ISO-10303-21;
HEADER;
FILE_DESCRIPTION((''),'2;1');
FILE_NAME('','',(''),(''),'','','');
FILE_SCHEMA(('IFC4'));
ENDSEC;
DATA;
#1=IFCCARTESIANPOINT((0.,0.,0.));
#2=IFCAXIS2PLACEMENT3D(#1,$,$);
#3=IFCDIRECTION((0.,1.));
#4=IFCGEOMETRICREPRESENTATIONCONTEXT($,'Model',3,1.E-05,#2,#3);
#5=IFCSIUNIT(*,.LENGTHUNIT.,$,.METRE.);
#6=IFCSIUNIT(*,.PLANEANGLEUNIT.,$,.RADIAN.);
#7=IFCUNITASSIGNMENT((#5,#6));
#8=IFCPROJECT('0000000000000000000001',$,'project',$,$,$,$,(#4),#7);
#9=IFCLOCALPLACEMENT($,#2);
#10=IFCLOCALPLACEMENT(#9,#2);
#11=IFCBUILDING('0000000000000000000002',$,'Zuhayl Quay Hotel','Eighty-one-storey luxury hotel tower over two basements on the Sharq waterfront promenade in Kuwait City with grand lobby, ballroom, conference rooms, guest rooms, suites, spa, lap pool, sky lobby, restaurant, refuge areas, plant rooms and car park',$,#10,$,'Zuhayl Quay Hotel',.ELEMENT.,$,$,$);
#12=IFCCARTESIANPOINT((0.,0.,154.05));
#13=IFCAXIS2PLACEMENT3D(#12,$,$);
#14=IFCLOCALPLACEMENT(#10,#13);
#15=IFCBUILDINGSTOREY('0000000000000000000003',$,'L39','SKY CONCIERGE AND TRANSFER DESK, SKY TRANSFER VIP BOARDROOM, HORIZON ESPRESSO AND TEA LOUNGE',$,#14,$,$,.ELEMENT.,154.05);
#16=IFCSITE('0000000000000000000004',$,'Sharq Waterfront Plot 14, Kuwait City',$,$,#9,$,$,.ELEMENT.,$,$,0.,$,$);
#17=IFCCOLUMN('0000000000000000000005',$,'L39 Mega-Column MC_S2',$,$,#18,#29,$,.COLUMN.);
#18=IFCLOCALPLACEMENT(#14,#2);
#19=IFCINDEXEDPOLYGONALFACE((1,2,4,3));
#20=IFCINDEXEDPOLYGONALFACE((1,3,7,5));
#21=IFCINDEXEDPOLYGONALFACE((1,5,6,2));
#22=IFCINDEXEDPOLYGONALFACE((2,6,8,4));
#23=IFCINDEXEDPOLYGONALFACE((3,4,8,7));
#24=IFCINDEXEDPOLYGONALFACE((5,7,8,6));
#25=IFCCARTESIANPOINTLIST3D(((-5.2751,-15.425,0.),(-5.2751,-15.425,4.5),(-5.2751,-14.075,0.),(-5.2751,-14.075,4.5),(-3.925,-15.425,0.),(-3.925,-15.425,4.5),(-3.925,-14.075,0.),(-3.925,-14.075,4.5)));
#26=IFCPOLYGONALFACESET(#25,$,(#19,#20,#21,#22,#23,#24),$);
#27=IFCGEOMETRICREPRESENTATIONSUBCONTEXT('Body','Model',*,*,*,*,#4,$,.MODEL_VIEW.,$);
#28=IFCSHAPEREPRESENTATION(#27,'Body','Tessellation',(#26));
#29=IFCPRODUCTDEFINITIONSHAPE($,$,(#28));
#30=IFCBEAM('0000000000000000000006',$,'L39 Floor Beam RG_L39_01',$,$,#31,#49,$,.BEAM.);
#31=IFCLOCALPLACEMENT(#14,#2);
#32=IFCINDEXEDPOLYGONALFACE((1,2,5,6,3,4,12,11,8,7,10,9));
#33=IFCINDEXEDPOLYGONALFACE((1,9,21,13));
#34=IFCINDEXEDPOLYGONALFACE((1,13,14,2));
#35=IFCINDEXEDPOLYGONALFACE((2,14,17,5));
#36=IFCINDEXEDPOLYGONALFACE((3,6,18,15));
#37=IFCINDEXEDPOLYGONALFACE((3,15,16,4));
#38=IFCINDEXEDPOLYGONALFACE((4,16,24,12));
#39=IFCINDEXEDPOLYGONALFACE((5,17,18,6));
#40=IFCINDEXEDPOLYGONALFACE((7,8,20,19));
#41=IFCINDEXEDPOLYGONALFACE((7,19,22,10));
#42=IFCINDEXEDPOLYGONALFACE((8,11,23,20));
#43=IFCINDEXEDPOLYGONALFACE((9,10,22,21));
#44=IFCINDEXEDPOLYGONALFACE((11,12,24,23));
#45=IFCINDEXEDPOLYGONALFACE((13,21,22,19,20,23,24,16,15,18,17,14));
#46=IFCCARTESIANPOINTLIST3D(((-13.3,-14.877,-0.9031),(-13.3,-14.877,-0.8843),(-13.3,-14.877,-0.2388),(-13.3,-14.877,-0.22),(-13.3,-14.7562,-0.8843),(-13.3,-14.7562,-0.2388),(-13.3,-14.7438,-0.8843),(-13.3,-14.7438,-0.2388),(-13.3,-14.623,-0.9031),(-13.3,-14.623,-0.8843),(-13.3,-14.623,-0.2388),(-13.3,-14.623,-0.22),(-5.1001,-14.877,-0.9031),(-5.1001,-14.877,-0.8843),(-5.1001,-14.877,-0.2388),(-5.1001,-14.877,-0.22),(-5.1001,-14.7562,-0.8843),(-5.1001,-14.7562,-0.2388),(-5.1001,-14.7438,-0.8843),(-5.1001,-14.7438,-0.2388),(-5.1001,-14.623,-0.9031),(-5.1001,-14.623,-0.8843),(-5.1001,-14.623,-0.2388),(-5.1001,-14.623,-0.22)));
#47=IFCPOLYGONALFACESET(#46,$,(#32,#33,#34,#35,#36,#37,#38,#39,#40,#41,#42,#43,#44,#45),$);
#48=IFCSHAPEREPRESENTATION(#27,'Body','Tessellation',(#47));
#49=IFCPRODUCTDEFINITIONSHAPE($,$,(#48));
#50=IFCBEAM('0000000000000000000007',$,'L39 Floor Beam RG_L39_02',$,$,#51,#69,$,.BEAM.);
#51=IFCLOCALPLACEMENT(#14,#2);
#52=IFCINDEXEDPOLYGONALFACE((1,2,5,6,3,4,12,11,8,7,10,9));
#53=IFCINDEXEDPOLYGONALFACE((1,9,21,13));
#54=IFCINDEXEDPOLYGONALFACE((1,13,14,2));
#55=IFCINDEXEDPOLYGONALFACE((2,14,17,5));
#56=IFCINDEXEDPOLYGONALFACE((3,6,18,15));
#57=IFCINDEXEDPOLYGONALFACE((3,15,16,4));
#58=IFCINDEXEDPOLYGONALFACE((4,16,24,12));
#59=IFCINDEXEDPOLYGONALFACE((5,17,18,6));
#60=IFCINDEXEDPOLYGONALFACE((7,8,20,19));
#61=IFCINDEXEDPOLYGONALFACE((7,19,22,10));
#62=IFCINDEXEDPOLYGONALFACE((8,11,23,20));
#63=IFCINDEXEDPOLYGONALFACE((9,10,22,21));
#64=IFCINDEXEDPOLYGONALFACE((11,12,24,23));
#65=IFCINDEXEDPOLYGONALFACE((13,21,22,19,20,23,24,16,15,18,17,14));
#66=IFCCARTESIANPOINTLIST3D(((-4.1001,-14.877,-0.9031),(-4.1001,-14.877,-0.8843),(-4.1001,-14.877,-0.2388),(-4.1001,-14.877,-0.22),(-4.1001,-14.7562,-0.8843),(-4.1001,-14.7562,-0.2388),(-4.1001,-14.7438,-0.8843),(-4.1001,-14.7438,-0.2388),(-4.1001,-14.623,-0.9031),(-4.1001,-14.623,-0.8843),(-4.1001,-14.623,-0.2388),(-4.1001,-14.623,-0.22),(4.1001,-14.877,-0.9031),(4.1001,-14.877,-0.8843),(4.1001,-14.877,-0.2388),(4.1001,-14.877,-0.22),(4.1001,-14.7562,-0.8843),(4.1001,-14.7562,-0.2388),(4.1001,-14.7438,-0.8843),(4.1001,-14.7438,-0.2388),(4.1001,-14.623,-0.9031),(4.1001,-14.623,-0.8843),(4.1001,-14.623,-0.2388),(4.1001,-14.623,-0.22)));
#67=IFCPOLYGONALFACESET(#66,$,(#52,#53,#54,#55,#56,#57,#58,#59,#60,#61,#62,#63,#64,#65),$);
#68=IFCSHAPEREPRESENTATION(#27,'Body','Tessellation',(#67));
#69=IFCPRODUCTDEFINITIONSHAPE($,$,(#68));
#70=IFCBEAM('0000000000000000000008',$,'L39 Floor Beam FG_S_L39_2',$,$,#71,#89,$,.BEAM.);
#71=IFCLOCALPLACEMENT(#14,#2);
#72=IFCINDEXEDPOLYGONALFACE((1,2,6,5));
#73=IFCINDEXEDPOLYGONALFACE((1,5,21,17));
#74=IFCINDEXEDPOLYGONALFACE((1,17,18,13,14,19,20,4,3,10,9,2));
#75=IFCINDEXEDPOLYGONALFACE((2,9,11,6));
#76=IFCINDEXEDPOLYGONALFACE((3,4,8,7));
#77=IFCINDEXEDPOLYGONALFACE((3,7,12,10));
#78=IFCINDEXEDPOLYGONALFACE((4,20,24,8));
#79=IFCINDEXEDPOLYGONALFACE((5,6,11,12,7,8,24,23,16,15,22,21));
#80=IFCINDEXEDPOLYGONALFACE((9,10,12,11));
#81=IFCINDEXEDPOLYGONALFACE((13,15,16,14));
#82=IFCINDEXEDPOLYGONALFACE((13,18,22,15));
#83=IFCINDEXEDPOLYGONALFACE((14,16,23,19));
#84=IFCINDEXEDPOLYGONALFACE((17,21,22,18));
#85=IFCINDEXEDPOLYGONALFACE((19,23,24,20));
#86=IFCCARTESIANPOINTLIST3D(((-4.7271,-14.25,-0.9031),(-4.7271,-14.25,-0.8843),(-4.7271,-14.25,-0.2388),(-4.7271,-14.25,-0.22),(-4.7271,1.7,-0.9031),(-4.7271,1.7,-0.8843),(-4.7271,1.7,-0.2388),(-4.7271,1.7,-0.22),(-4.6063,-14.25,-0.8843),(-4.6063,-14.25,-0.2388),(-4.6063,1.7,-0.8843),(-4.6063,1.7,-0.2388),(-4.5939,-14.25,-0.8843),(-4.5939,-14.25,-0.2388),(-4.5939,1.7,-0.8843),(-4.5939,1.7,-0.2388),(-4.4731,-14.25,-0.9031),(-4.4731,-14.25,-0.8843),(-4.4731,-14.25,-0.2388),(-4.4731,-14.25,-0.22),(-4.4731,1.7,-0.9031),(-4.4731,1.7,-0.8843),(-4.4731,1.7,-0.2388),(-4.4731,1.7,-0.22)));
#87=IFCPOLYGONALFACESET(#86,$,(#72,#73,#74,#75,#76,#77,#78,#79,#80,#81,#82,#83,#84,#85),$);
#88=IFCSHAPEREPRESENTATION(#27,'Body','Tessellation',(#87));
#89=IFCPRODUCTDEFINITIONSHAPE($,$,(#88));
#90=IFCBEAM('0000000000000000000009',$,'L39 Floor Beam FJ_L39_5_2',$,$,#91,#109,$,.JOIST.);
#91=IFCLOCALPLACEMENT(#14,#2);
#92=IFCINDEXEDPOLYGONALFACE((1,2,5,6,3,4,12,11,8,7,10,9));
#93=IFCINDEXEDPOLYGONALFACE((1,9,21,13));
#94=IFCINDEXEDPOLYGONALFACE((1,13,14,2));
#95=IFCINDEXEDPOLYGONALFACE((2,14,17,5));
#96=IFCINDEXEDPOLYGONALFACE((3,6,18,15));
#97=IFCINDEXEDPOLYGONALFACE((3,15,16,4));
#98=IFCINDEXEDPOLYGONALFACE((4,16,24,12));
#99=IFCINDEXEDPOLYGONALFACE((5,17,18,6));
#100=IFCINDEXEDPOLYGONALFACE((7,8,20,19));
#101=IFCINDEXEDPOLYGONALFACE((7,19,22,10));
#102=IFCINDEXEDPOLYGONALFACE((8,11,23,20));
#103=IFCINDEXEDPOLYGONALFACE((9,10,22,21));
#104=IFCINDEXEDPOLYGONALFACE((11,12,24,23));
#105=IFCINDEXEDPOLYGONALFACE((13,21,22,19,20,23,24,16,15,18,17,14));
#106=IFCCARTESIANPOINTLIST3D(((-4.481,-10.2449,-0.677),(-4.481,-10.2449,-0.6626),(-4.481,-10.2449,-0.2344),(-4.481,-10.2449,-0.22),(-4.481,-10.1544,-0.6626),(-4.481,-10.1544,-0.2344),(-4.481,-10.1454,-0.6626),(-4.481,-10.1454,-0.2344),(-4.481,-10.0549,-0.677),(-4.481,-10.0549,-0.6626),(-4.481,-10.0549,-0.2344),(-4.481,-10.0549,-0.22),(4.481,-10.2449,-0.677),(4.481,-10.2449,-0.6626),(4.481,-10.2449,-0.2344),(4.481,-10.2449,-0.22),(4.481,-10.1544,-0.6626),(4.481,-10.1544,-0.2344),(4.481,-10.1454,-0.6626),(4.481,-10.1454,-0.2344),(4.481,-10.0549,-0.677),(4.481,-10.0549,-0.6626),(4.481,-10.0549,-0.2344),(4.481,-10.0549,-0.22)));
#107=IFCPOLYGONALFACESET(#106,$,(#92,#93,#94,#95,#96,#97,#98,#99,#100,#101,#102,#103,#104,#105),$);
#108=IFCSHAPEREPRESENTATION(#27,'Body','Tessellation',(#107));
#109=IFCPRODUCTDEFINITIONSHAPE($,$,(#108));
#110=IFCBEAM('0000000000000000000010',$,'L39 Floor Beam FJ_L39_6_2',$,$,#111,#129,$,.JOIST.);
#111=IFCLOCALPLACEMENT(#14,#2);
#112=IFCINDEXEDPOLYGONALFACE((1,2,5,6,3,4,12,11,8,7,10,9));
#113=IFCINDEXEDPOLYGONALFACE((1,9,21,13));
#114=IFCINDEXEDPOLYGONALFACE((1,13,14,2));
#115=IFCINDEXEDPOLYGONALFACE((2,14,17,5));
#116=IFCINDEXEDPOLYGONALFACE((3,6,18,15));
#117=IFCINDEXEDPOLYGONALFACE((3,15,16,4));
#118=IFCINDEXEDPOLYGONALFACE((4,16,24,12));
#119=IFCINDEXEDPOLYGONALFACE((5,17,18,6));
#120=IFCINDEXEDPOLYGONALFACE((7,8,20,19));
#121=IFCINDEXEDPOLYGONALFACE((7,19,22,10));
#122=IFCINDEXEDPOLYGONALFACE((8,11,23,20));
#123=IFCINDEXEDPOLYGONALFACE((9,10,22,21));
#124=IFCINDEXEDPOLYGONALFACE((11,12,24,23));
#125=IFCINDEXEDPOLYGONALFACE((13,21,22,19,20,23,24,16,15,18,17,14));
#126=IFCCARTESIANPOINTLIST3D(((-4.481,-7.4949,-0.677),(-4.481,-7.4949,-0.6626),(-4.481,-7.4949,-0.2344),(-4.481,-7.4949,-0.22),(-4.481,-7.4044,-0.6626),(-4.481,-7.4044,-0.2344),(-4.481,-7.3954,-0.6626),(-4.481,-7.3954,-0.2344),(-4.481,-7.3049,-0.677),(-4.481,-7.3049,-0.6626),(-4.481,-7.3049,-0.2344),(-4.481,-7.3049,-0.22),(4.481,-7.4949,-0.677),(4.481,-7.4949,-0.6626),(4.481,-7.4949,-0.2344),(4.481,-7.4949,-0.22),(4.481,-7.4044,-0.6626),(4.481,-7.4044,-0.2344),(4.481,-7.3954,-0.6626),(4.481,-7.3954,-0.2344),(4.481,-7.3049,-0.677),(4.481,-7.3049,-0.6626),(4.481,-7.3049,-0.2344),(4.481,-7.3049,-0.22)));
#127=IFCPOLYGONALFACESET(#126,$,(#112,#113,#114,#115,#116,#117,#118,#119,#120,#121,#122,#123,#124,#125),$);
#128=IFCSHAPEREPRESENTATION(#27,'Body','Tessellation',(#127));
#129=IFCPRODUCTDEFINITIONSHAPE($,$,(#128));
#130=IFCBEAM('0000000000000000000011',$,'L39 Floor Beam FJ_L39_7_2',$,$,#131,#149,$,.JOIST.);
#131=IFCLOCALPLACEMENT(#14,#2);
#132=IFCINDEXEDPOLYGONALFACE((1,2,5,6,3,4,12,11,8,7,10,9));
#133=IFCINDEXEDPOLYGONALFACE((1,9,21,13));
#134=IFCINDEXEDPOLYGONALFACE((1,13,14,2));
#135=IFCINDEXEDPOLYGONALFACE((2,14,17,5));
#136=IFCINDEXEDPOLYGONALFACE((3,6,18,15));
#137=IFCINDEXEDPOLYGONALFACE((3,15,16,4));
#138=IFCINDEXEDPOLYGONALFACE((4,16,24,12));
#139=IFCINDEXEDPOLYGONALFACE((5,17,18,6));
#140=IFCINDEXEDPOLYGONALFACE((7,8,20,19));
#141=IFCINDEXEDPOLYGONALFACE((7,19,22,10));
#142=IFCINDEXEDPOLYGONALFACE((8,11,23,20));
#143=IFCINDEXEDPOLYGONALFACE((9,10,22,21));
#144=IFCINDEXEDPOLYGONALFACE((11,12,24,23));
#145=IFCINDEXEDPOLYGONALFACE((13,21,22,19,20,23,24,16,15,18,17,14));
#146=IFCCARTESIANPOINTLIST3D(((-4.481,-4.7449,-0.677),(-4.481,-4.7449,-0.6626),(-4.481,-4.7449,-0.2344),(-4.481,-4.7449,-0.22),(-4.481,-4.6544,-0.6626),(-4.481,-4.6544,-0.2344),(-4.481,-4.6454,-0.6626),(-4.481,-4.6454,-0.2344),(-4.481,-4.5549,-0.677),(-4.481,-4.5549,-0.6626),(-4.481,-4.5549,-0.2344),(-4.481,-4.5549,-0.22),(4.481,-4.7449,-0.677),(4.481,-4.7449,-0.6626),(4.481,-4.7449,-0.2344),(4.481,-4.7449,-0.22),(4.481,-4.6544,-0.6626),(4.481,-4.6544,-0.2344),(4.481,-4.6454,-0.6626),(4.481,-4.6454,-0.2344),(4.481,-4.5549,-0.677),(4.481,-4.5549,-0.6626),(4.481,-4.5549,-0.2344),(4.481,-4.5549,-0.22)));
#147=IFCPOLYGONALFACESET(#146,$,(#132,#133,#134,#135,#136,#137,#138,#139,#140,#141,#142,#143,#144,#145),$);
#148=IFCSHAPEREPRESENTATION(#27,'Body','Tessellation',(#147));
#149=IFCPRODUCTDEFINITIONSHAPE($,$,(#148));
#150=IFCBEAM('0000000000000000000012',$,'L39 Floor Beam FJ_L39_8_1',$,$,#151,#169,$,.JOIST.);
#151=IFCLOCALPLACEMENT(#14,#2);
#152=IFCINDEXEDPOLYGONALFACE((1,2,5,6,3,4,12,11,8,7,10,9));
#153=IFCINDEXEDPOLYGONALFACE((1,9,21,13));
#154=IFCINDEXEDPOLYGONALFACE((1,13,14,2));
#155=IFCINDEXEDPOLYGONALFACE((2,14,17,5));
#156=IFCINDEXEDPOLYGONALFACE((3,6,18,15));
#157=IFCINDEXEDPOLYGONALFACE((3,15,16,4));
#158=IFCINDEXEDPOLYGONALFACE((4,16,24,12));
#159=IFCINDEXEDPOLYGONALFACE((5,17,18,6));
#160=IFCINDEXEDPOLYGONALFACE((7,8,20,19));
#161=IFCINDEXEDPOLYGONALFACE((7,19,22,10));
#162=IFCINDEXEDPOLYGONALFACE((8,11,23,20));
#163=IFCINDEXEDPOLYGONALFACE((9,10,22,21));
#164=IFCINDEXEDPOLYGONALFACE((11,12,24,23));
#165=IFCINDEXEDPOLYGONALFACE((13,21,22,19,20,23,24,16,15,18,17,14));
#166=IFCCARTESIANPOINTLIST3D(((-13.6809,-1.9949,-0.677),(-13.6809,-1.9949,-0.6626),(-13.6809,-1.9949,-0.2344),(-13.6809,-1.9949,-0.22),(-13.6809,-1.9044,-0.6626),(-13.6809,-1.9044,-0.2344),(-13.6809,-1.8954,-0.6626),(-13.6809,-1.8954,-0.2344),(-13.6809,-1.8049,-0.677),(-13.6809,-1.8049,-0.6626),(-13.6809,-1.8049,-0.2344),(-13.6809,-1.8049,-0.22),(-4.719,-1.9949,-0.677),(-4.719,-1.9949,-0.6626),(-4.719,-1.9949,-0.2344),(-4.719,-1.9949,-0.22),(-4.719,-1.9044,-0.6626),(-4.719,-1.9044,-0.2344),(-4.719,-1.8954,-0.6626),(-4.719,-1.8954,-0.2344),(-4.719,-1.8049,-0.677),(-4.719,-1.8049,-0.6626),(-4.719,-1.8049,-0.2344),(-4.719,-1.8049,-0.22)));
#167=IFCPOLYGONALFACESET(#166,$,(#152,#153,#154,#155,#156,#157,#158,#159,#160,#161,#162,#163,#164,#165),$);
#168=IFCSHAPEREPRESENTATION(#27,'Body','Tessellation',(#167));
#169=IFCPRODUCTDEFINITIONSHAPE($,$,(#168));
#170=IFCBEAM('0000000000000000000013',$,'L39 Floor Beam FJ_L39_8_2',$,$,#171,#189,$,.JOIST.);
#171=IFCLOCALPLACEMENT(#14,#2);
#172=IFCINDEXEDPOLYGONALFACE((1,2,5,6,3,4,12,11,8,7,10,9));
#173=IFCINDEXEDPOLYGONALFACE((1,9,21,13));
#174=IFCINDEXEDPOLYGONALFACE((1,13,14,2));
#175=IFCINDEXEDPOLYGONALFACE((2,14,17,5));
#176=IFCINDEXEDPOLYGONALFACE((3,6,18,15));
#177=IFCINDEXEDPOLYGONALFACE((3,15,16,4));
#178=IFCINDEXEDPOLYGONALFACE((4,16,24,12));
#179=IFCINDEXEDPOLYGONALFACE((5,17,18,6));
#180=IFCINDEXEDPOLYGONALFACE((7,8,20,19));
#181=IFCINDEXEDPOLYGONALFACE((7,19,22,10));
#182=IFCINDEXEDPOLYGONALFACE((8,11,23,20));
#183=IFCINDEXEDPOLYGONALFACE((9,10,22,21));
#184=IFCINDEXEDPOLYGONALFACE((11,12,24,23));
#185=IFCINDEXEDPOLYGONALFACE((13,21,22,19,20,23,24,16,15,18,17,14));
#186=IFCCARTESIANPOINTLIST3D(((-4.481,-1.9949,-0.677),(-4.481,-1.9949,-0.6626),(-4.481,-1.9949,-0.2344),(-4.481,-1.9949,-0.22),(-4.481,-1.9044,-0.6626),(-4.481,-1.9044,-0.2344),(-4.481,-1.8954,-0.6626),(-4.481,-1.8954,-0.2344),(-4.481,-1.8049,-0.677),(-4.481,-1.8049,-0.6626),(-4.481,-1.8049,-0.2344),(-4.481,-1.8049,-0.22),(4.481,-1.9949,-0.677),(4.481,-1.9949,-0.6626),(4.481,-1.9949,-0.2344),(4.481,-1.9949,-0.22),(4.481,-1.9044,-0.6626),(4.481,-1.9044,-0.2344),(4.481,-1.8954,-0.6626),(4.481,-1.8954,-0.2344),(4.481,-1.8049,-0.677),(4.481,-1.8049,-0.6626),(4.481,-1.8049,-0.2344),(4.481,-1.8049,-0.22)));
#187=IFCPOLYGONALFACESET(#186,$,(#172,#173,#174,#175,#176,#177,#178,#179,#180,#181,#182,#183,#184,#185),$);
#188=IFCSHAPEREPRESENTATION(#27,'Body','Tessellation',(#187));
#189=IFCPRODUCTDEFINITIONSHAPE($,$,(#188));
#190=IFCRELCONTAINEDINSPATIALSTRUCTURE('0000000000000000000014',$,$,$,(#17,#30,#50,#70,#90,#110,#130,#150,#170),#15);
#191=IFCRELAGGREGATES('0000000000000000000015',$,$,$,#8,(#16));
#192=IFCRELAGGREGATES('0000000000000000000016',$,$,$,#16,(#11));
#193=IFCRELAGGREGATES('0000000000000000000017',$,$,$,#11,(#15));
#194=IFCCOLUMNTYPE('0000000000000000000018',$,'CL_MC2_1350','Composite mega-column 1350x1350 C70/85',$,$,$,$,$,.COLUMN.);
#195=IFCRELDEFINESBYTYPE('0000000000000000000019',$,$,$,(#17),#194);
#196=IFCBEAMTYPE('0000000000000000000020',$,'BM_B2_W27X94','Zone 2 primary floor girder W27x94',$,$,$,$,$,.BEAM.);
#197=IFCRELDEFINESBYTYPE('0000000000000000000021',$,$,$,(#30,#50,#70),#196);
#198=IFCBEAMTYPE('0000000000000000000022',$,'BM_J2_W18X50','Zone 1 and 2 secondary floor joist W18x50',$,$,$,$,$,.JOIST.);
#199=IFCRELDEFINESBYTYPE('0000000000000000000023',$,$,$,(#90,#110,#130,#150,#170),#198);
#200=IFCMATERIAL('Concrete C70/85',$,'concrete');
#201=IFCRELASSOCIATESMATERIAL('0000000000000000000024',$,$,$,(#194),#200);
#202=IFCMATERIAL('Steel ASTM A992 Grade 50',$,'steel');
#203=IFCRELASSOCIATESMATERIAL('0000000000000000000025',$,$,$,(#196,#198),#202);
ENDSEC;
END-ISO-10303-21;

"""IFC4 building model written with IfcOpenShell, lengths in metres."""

from ifc_helpers import new_model, si_unit, direction, frame, origin, origin_2d, place, context, subcontext, project, spatial, rectangle, i_section, extrude, material, material_profile, profile_set, type_object, element, save


model = new_model("IFC4")

# Units and contexts
model_context = context("Model", 3, precision=1e-05, world=origin(), true_north=direction((0.0, 1.0)))
body_context = subcontext(model_context, "Body", "Model", "MODEL_VIEW")
ifc_project = project(units=[si_unit("LENGTHUNIT", "METRE"), si_unit("PLANEANGLEUNIT", "RADIAN")], contexts=[model_context])

# Site, building, storey
site_placement = place(None, origin())
site = spatial("IfcSite", under=ifc_project, at=site_placement, Name="Sharq Waterfront Plot 14, Kuwait City", CompositionType="ELEMENT", RefElevation=0.0)
building_placement = place(site_placement, origin())
building = spatial("IfcBuilding", under=site, at=building_placement, Name="Zuhayl Quay Hotel", Description="Eighty-one-storey luxury hotel tower over two basements on the Sharq waterfront promenade in Kuwait City with grand lobby, ballroom, conference rooms, guest rooms, suites, spa, lap pool, sky lobby, restaurant, refuge areas, plant rooms and car park", LongName="Zuhayl Quay Hotel", CompositionType="ELEMENT")
storey_placement = place(building_placement, frame((0.0, 0.0, 154.05)))
storey = spatial("IfcBuildingStorey", under=building, at=storey_placement, Name="L39", Description="SKY CONCIERGE AND TRANSFER DESK, SKY TRANSFER VIP BOARDROOM, HORIZON ESPRESSO AND TEA LOUNGE", CompositionType="ELEMENT", Elevation=154.05)

# Column
ifc_material_1 = material(Name="Concrete C70/85", Category="concrete")
ifc_material_profile_1 = material_profile(ifc_material_1, rectangle(XDim=1.3501, YDim=1.3501, at=origin_2d()), Name="RC1350X1350")
ifc_profile_set_1 = profile_set([ifc_material_profile_1], Name="Concrete C70/85")
column_type = type_object("IfcColumnType", Name="CL_MC2_1350", Description="Composite mega-column 1350x1350 C70/85", PredefinedType="COLUMN", material=ifc_profile_set_1)
column_placement = place(storey_placement, frame((-4.6001, -14.75, 0.0), z_axis=(0.0, 0.0, 1.0), x_axis=(1.0, 0.0, 0.0)))
element("IfcColumn", 1, at=column_placement, inside=storey, type_object=column_type, Name="L39 Mega-Column MC_S2", PredefinedType="COLUMN", context=body_context, shape_type="SweptSolid", body=[
    extrude(rectangle(XDim=1.3501, YDim=1.3501, at=origin_2d()), origin(), (0.0, 0.0, 1.0), 4.5),
])

# Beams
ifc_material_2 = material(Name="Steel ASTM A992 Grade 50", Category="steel")
ifc_material_profile_2 = material_profile(ifc_material_2, i_section(OverallWidth=0.2539, OverallDepth=0.6831, WebThickness=0.0125, FlangeThickness=0.0188, at=origin_2d()), Name="W27X94")
ifc_profile_set_2 = profile_set([ifc_material_profile_2], Name="Steel ASTM A992 Grade 50")
beam_type_1 = type_object("IfcBeamType", Name="BM_B2_W27X94", Description="Zone 2 primary floor girder W27x94", PredefinedType="BEAM", material=ifc_profile_set_2)
beam_1_placement = place(storey_placement, frame((-13.3, -14.75, -0.5615), z_axis=(1.0, 0.0, 0.0), x_axis=(0.0, 1.0, 0.0)))
element("IfcBeam", 2, at=beam_1_placement, inside=storey, type_object=beam_type_1, Name="L39 Floor Beam RG_L39_01", PredefinedType="BEAM", context=body_context, shape_type="SweptSolid", body=[
    extrude(i_section(OverallWidth=0.2539, OverallDepth=0.6831, WebThickness=0.0125, FlangeThickness=0.0188, at=origin_2d()), origin(), (0.0, 0.0, 1.0), 8.2),
])
beam_2_placement = place(storey_placement, frame((-4.1001, -14.75, -0.5615), z_axis=(1.0, 0.0, 0.0), x_axis=(0.0, 1.0, 0.0)))
element("IfcBeam", 3, at=beam_2_placement, inside=storey, type_object=beam_type_1, Name="L39 Floor Beam RG_L39_02", PredefinedType="BEAM", context=body_context, shape_type="SweptSolid", body=[
    extrude(i_section(OverallWidth=0.2539, OverallDepth=0.6831, WebThickness=0.0125, FlangeThickness=0.0188, at=origin_2d()), origin(), (0.0, 0.0, 1.0), 8.2002),
])
beam_3_placement = place(storey_placement, frame((-4.6001, -14.25, -0.5615), z_axis=(0.0, 1.0, 0.0), x_axis=(-1.0, 0.0, 0.0)))
element("IfcBeam", 4, at=beam_3_placement, inside=storey, type_object=beam_type_1, Name="L39 Floor Beam FG_S_L39_2", PredefinedType="BEAM", context=body_context, shape_type="SweptSolid", body=[
    extrude(i_section(OverallWidth=0.2539, OverallDepth=0.6831, WebThickness=0.0125, FlangeThickness=0.0188, at=origin_2d()), origin(), (0.0, 0.0, 1.0), 15.95),
])
ifc_material_profile_3 = material_profile(ifc_material_2, i_section(OverallWidth=0.1899, OverallDepth=0.457, WebThickness=0.009, FlangeThickness=0.0144, at=origin_2d()), Name="W18X50")
ifc_profile_set_3 = profile_set([ifc_material_profile_3], Name="Steel ASTM A992 Grade 50")
beam_type_2 = type_object("IfcBeamType", Name="BM_J2_W18X50", Description="Zone 1 and 2 secondary floor joist W18x50", PredefinedType="JOIST", material=ifc_profile_set_3)
for number, where, z_axis, x_axis, name in (
    (5, (-4.481, -10.1499, -0.4485), (1.0, 0.0, 0.0), (0.0, 1.0, 0.0), "L39 Floor Beam FJ_L39_5_2"),
    (6, (-4.481, -7.3999, -0.4485), (1.0, 0.0, 0.0), (0.0, 1.0, 0.0), "L39 Floor Beam FJ_L39_6_2"),
    (7, (-4.481, -4.6499, -0.4485), (1.0, 0.0, 0.0), (0.0, 1.0, 0.0), "L39 Floor Beam FJ_L39_7_2"),
    (8, (-13.6809, -1.8999, -0.4485), (1.0, 0.0, 0.0), (0.0, 1.0, 0.0), "L39 Floor Beam FJ_L39_8_1"),
    (9, (-4.481, -1.8999, -0.4485), (1.0, 0.0, 0.0), (0.0, 1.0, 0.0), "L39 Floor Beam FJ_L39_8_2"),
):
    element("IfcBeam", number, at=place(storey_placement, frame(where, z_axis=z_axis, x_axis=x_axis)), inside=storey, type_object=beam_type_2, Name=name, PredefinedType="JOIST", context=body_context, shape_type="SweptSolid", body=[
        extrude(i_section(OverallWidth=0.1899, OverallDepth=0.457, WebThickness=0.009, FlangeThickness=0.0144, at=origin_2d()), origin(), (0.0, 0.0, 1.0), 8.9619),
    ])

save(model, "model.ifc")
